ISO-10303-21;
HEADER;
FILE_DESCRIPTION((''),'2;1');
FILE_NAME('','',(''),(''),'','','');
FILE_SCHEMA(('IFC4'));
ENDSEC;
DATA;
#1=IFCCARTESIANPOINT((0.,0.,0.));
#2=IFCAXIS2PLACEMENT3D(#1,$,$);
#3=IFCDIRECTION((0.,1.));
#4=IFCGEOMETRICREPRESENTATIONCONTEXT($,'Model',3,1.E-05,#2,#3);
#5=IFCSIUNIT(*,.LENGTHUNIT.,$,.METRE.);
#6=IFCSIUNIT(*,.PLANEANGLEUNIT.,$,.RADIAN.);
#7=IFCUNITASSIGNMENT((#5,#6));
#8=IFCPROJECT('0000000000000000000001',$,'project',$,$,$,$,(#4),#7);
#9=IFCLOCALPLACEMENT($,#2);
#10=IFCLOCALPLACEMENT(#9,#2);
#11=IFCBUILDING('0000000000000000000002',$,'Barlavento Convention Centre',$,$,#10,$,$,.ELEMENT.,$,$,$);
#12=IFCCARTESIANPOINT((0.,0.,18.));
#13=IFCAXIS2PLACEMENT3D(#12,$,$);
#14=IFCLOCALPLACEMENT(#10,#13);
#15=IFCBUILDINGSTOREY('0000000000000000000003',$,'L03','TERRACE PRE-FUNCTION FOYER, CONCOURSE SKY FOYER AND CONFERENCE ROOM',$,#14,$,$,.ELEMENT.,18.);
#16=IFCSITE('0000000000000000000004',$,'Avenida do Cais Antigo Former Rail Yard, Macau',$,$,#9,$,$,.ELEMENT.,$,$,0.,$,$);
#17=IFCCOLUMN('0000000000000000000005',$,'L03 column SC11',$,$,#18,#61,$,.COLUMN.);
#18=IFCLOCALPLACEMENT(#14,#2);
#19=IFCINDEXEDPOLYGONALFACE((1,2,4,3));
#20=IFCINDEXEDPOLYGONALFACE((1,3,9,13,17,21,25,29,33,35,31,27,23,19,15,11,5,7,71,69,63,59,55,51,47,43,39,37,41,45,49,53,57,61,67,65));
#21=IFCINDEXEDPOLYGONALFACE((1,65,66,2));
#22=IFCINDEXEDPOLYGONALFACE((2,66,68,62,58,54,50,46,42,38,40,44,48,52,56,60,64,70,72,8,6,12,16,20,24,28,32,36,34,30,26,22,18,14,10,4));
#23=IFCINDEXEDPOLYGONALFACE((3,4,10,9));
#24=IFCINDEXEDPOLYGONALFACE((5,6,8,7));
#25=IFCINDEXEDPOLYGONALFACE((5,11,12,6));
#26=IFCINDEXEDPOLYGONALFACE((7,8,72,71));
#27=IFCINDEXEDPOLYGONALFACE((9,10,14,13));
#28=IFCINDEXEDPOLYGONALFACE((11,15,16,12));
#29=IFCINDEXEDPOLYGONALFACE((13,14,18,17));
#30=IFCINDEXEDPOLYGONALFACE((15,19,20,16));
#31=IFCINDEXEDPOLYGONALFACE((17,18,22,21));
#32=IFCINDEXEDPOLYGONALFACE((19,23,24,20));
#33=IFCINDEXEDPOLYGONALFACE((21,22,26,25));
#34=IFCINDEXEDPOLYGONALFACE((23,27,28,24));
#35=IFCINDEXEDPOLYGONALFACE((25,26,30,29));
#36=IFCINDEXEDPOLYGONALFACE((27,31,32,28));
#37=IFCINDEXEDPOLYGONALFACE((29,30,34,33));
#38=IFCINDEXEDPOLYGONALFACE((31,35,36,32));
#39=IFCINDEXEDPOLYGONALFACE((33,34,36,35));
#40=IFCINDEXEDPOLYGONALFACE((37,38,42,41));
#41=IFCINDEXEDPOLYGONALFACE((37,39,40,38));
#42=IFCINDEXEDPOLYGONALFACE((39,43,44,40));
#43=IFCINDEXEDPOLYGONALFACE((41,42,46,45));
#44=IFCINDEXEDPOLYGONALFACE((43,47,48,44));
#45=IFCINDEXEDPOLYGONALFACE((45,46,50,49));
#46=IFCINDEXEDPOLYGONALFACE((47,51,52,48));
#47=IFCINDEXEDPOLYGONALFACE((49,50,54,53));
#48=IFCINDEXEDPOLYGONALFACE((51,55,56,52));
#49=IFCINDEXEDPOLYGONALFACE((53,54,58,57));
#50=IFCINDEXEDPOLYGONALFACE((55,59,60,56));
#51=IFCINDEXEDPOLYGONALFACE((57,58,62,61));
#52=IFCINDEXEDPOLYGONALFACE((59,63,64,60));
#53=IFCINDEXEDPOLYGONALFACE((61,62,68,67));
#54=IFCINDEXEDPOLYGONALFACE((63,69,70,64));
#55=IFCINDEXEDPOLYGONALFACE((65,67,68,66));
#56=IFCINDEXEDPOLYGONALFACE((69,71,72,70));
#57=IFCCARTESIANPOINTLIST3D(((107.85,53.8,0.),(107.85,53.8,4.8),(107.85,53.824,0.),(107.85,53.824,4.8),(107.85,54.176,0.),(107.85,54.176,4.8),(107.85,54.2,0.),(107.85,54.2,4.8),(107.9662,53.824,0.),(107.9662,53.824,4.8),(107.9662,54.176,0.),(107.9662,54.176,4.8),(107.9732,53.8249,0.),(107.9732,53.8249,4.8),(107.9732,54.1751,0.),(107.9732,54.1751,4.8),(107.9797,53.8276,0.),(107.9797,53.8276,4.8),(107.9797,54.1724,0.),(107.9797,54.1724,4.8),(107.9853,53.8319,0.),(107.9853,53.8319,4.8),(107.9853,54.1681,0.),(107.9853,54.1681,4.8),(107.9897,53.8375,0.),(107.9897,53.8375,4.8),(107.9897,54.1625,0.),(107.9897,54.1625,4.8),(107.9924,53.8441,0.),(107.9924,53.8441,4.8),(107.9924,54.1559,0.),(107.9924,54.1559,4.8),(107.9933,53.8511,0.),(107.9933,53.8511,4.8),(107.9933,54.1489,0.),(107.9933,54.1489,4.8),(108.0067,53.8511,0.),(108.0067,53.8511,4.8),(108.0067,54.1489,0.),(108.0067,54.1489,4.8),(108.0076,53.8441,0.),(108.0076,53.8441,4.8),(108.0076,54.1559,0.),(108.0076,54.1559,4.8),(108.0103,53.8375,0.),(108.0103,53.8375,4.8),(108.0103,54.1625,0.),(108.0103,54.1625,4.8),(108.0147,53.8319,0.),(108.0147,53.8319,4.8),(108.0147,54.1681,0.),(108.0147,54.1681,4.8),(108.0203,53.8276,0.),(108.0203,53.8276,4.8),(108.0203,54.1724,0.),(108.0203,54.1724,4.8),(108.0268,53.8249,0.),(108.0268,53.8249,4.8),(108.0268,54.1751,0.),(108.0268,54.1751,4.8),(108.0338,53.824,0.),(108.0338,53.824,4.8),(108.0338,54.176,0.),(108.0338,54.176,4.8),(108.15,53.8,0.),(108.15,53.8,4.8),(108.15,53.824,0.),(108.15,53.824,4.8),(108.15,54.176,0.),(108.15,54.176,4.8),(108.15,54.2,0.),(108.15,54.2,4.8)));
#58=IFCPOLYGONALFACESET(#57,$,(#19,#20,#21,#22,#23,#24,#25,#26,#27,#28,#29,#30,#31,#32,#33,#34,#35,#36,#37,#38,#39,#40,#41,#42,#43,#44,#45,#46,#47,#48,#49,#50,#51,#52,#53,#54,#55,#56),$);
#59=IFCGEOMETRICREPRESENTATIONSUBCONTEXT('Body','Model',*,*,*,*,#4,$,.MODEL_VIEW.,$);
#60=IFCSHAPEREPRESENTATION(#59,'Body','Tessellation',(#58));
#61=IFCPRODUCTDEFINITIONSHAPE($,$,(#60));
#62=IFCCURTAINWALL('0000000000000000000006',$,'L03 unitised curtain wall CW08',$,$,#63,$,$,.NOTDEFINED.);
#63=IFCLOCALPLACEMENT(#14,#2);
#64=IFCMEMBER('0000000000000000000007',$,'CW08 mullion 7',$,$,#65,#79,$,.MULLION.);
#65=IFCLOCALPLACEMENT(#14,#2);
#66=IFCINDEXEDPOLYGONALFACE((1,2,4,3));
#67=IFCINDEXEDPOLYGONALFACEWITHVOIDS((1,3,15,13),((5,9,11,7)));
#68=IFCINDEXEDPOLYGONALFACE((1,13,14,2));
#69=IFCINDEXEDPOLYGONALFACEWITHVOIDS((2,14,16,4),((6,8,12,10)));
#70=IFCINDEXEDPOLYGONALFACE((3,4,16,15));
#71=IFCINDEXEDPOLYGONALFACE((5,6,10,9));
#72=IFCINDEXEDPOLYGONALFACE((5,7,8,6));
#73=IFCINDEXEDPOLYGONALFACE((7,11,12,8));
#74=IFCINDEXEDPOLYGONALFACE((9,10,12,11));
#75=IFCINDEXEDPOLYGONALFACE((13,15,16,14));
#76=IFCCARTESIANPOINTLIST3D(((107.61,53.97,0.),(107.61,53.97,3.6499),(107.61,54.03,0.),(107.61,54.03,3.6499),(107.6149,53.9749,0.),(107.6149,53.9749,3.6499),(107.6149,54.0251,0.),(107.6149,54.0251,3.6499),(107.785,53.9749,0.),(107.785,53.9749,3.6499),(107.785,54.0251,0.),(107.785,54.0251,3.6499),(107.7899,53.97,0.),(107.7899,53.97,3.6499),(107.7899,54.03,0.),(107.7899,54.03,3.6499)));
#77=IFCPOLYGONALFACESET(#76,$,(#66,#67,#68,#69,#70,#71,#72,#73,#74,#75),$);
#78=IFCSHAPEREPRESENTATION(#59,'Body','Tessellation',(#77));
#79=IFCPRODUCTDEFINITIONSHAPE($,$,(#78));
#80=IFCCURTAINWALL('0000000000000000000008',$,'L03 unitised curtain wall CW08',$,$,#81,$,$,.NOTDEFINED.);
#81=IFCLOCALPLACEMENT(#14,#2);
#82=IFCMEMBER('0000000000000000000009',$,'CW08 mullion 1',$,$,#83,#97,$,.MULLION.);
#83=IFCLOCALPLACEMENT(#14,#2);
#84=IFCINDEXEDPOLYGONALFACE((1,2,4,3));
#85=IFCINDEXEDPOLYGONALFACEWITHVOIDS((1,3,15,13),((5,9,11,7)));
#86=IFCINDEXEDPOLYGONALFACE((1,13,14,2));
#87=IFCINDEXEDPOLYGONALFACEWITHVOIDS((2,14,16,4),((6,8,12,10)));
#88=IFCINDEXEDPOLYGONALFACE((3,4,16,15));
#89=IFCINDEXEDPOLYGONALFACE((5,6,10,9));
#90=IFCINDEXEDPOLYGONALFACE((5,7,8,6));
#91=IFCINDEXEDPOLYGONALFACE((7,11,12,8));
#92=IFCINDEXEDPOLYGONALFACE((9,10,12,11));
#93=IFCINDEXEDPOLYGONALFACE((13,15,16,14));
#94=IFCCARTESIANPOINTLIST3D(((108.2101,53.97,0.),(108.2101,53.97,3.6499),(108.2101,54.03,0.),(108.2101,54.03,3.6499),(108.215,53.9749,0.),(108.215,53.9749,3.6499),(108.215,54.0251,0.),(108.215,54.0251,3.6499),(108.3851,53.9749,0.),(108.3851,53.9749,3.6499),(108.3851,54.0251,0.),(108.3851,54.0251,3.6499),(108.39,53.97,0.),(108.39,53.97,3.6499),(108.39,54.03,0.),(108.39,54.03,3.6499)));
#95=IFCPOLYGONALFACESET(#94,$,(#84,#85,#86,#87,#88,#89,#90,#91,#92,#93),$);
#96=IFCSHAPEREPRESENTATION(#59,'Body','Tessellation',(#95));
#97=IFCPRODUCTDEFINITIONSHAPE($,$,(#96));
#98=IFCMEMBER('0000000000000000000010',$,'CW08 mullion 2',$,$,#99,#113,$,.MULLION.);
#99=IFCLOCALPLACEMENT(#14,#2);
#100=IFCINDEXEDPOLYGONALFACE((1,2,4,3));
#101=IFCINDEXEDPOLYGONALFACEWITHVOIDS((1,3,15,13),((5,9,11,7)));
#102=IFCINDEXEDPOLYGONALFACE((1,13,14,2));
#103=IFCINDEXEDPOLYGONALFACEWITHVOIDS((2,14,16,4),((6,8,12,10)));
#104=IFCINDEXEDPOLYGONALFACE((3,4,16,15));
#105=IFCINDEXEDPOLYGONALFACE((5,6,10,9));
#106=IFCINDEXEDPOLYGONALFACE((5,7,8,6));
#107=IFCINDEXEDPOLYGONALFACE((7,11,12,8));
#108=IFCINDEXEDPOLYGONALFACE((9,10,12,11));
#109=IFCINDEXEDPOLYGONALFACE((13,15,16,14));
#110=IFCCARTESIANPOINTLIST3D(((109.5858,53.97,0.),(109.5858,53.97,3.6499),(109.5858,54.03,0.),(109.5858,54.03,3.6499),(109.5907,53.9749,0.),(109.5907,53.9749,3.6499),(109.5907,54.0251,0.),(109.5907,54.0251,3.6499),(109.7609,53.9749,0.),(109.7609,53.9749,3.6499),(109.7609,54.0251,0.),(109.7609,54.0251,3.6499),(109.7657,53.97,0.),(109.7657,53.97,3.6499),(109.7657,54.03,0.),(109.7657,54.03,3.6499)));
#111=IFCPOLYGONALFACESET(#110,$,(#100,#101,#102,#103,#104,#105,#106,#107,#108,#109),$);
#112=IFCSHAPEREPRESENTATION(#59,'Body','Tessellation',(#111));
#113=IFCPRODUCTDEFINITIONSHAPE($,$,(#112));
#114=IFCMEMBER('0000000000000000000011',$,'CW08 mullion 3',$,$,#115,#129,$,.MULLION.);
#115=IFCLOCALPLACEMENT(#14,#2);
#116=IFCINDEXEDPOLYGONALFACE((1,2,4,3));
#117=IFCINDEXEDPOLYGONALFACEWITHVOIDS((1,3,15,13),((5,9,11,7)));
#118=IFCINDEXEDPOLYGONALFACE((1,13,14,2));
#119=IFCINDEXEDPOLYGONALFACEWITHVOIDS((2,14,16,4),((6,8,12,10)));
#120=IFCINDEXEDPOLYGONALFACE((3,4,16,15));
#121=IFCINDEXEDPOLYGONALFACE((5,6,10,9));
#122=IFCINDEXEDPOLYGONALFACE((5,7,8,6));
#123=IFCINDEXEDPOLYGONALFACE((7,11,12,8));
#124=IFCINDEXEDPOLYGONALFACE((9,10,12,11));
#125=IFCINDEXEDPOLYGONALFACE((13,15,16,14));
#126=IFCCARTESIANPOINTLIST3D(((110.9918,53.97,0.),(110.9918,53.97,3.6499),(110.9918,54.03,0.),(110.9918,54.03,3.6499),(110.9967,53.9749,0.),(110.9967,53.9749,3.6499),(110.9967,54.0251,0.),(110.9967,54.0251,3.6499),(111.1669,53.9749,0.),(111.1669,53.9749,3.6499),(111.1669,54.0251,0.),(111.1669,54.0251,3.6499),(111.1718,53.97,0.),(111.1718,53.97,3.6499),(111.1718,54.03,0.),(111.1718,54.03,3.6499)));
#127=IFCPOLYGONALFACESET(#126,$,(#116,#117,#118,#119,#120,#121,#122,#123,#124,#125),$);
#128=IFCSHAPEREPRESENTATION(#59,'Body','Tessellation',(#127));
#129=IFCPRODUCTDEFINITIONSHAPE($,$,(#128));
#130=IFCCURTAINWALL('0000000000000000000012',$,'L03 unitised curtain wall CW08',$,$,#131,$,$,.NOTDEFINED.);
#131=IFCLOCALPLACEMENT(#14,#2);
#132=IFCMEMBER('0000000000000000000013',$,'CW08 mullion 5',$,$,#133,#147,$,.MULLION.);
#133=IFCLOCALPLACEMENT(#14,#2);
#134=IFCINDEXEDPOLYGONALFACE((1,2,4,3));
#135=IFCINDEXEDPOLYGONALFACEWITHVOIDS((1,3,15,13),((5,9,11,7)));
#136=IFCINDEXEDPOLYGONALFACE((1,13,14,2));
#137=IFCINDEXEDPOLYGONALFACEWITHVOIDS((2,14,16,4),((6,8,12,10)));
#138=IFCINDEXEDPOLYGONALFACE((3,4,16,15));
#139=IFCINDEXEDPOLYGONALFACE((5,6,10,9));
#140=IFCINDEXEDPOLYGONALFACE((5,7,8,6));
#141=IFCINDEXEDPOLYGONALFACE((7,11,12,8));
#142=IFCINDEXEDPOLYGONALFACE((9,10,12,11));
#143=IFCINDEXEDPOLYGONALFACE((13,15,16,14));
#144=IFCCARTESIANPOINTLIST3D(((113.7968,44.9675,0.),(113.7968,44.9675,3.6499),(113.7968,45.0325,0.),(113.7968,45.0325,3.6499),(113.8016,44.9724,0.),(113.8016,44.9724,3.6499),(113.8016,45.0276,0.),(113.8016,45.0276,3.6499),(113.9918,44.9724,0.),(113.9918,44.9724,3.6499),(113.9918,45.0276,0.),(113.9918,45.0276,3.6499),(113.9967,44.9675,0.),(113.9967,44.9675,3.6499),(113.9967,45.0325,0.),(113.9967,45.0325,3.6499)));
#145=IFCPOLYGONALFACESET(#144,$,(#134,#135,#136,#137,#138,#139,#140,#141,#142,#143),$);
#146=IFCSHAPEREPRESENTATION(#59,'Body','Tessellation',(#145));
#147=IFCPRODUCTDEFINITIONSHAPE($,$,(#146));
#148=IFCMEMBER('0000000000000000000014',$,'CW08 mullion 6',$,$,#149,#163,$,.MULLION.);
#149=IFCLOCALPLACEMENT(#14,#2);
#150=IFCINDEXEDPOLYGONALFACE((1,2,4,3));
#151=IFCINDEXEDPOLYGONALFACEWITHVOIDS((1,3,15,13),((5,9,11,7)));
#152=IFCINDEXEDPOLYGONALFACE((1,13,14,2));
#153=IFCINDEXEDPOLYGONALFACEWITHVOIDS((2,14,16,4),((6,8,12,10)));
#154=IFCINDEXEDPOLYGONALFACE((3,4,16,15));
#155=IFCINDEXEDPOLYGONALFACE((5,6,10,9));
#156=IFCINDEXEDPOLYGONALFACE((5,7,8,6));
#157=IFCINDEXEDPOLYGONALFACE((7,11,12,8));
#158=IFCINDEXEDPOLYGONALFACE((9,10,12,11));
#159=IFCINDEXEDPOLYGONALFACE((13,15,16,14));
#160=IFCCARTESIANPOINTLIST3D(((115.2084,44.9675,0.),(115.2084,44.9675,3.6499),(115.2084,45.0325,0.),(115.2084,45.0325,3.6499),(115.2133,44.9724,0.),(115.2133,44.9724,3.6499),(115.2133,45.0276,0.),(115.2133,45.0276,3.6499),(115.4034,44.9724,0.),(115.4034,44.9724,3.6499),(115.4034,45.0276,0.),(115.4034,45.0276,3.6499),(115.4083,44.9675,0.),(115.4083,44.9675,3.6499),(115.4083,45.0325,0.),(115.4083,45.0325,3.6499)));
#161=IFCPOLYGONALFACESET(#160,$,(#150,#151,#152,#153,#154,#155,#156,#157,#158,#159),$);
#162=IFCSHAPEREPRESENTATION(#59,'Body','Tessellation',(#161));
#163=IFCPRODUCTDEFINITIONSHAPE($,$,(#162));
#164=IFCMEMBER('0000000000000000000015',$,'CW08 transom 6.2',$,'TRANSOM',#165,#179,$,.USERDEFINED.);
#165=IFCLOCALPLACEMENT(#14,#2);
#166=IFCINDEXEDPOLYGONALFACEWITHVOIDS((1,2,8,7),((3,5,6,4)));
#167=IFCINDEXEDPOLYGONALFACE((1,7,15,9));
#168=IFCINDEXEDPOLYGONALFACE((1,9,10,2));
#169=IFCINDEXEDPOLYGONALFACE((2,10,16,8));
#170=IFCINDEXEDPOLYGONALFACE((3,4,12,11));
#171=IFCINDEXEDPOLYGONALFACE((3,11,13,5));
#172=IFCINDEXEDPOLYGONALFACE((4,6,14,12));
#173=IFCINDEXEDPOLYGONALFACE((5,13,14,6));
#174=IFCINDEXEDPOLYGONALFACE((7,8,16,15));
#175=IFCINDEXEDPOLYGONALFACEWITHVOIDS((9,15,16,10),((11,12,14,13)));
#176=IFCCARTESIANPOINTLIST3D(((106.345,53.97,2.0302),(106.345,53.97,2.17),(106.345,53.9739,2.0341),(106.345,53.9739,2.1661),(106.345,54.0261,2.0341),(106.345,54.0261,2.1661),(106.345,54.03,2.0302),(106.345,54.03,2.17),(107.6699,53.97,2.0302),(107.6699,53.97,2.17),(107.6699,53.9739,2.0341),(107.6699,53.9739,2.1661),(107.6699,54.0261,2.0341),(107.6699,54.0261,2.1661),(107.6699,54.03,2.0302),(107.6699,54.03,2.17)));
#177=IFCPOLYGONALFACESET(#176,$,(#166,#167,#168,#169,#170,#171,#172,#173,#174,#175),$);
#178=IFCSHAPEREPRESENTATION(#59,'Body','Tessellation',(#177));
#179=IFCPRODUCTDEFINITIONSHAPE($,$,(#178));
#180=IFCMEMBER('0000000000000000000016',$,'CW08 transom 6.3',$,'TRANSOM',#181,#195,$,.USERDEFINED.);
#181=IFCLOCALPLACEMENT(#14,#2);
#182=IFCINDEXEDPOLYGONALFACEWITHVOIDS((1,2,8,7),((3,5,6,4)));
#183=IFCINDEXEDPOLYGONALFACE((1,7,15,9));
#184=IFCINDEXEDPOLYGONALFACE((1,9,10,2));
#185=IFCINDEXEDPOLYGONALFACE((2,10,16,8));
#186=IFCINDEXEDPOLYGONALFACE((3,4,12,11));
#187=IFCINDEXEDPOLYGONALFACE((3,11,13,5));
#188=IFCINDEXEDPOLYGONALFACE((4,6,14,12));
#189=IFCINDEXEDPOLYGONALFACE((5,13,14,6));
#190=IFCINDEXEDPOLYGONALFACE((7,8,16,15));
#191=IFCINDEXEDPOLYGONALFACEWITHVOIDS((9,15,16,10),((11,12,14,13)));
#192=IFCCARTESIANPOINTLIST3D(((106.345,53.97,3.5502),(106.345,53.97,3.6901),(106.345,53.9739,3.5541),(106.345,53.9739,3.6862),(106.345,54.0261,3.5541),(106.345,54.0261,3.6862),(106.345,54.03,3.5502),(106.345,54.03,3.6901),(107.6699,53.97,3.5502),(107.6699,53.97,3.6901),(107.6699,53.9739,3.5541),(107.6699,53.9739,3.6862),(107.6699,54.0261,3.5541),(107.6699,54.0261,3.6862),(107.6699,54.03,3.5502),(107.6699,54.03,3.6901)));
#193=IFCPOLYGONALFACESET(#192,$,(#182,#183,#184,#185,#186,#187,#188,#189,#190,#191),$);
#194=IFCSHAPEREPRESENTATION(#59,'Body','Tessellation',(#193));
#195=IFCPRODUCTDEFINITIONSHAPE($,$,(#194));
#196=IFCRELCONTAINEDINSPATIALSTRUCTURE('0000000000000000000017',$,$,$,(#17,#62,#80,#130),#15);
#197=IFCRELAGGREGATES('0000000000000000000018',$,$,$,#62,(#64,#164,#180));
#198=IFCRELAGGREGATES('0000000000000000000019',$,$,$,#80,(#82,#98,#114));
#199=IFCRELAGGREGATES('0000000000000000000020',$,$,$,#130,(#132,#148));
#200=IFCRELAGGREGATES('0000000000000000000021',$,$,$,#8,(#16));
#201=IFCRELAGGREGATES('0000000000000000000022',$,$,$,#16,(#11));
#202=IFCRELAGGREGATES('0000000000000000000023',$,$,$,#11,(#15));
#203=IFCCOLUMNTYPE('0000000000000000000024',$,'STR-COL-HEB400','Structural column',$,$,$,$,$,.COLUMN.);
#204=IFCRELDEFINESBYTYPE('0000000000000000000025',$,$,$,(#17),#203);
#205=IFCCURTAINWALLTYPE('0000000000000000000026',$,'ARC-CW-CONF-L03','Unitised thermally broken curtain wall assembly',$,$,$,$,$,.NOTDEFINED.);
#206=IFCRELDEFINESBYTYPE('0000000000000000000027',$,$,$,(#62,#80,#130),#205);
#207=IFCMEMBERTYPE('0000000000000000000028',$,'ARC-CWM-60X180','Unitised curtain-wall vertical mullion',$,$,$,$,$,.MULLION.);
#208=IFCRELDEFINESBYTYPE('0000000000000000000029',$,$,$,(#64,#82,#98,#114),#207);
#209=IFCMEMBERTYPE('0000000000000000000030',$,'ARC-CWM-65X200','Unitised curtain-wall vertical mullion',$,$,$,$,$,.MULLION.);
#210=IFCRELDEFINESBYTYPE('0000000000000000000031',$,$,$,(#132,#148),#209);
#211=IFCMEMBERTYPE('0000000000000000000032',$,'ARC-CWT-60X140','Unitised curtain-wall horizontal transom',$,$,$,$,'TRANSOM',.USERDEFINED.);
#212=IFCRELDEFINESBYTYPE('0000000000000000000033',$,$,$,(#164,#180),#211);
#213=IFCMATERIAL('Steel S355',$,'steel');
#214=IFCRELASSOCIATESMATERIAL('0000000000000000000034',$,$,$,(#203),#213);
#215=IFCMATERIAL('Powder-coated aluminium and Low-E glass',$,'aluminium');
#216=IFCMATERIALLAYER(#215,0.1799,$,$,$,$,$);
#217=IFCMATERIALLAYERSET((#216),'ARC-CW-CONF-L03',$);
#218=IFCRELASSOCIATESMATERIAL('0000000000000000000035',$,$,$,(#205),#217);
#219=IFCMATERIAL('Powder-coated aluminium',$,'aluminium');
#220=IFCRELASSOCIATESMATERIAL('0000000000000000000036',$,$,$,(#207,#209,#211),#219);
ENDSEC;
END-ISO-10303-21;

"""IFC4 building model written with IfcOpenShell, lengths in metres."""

from ifc_helpers import new_model, si_unit, direction, frame, origin, origin_2d, place, context, subcontext, project, spatial, hollow_rectangle, i_section, extrude, material, layer, layer_set, material_profile, profile_set, type_object, element, aggregate, save


model = new_model("IFC4")

# Units and contexts
model_context = context("Model", 3, precision=1e-05, world=origin(), true_north=direction((0.0, 1.0)))
body_context = subcontext(model_context, "Body", "Model", "MODEL_VIEW")
ifc_project = project(units=[si_unit("LENGTHUNIT", "METRE"), si_unit("PLANEANGLEUNIT", "RADIAN")], contexts=[model_context])

# Site, building, storey
site_placement = place(None, origin())
site = spatial("IfcSite", under=ifc_project, at=site_placement, Name="Avenida do Cais Antigo Former Rail Yard, Macau", CompositionType="ELEMENT", RefElevation=0.0)
building_placement = place(site_placement, origin())
building = spatial("IfcBuilding", under=site, at=building_placement, Name="Barlavento Convention Centre", CompositionType="ELEMENT")
storey_placement = place(building_placement, frame((0.0, 0.0, 18.0)))
storey = spatial("IfcBuildingStorey", under=building, at=storey_placement, Name="L03", Description="TERRACE PRE-FUNCTION FOYER, CONCOURSE SKY FOYER AND CONFERENCE ROOM", CompositionType="ELEMENT", Elevation=18.0)

# Column
ifc_material_1 = material(Name="Steel S355", Category="steel")
ifc_material_profile_1 = material_profile(ifc_material_1, i_section(OverallWidth=0.3, OverallDepth=0.3999, WebThickness=0.0134, FlangeThickness=0.0239, FilletRadius=0.0271, at=origin_2d()), Name="HEB 400")
ifc_profile_set_1 = profile_set([ifc_material_profile_1], Name="Steel S355")
column_type = type_object("IfcColumnType", Name="STR-COL-HEB400", Description="Structural column", PredefinedType="COLUMN", material=ifc_profile_set_1)
column_placement = place(storey_placement, frame((108.0, 54.0, 0.0), z_axis=(0.0, 0.0, 1.0), x_axis=(1.0, 0.0, 0.0)))
element("IfcColumn", 1, at=column_placement, inside=storey, type_object=column_type, Name="L03 column SC11", PredefinedType="COLUMN", context=body_context, shape_type="SweptSolid", body=[
    extrude(i_section(OverallWidth=0.3, OverallDepth=0.3999, WebThickness=0.0134, FlangeThickness=0.0239, FilletRadius=0.0271, at=origin_2d()), origin(), (0.0, 0.0, 1.0), 4.8),
])

# Curtain wall, member
ifc_material_2 = material(Name="Powder-coated aluminium and Low-E glass", Category="aluminium")
ifc_layer_1 = layer(ifc_material_2, 0.1799)
ifc_layer_set_1 = layer_set([ifc_layer_1], Name="ARC-CW-CONF-L03")
curtain_wall_type = type_object("IfcCurtainWallType", Name="ARC-CW-CONF-L03", Description="Unitised thermally broken curtain wall assembly", PredefinedType="NOTDEFINED", material=ifc_layer_set_1)
curtain_wall_1_placement = place(storey_placement, origin())
curtain_wall_1 = element("IfcCurtainWall", 2, at=curtain_wall_1_placement, inside=storey, type_object=curtain_wall_type, Name="L03 unitised curtain wall CW08", PredefinedType="NOTDEFINED")
ifc_material_3 = material(Name="Powder-coated aluminium", Category="aluminium")
ifc_material_profile_2 = material_profile(ifc_material_3, hollow_rectangle(XDim=0.0601, YDim=0.1799, WallThickness=0.0049, at=origin_2d()), Name="AL-MULL 60x180x5")
ifc_profile_set_2 = profile_set([ifc_material_profile_2], Name="Powder-coated aluminium")
member_type_1 = type_object("IfcMemberType", Name="ARC-CWM-60X180", Description="Unitised curtain-wall vertical mullion", PredefinedType="MULLION", material=ifc_profile_set_2)
member_1_placement = place(storey_placement, frame((107.7, 54.0, 0.0), z_axis=(0.0, 0.0, 1.0), x_axis=(0.0, 1.0, 0.0)))
member_1 = element("IfcMember", 3, at=member_1_placement, type_object=member_type_1, Name="CW08 mullion 7", PredefinedType="MULLION", context=body_context, shape_type="SweptSolid", body=[
    extrude(hollow_rectangle(XDim=0.0601, YDim=0.1799, WallThickness=0.0049, at=origin_2d()), origin(), (0.0, 0.0, 1.0), 3.6499),
])

# Curtain walls, members
curtain_wall_2_placement = place(storey_placement, origin())
curtain_wall_2 = element("IfcCurtainWall", 4, at=curtain_wall_2_placement, inside=storey, type_object=curtain_wall_type, Name="L03 unitised curtain wall CW08", PredefinedType="NOTDEFINED")
member_2_placement = place(storey_placement, frame((108.3, 54.0, 0.0), z_axis=(0.0, 0.0, 1.0), x_axis=(0.0, 1.0, 0.0)))
member_2 = element("IfcMember", 5, at=member_2_placement, type_object=member_type_1, Name="CW08 mullion 1", PredefinedType="MULLION", context=body_context, shape_type="SweptSolid", body=[
    extrude(hollow_rectangle(XDim=0.0601, YDim=0.1799, WallThickness=0.0049, at=origin_2d()), origin(), (0.0, 0.0, 1.0), 3.6499),
])
member_3_placement = place(storey_placement, frame((109.6758, 54.0, 0.0), z_axis=(0.0, 0.0, 1.0), x_axis=(0.0, 1.0, 0.0)))
member_3 = element("IfcMember", 6, at=member_3_placement, type_object=member_type_1, Name="CW08 mullion 2", PredefinedType="MULLION", context=body_context, shape_type="SweptSolid", body=[
    extrude(hollow_rectangle(XDim=0.0601, YDim=0.1799, WallThickness=0.0049, at=origin_2d()), origin(), (0.0, 0.0, 1.0), 3.6499),
])
member_4_placement = place(storey_placement, frame((111.0818, 54.0, 0.0), z_axis=(0.0, 0.0, 1.0), x_axis=(0.0, 1.0, 0.0)))
member_4 = element("IfcMember", 7, at=member_4_placement, type_object=member_type_1, Name="CW08 mullion 3", PredefinedType="MULLION", context=body_context, shape_type="SweptSolid", body=[
    extrude(hollow_rectangle(XDim=0.0601, YDim=0.1799, WallThickness=0.0049, at=origin_2d()), origin(), (0.0, 0.0, 1.0), 3.6499),
])
curtain_wall_3_placement = place(storey_placement, origin())
curtain_wall_3 = element("IfcCurtainWall", 8, at=curtain_wall_3_placement, inside=storey, type_object=curtain_wall_type, Name="L03 unitised curtain wall CW08", PredefinedType="NOTDEFINED")
ifc_material_profile_3 = material_profile(ifc_material_3, hollow_rectangle(XDim=0.0649, YDim=0.2, WallThickness=0.0049, at=origin_2d()), Name="AL-MULL 65x200x5")
ifc_profile_set_3 = profile_set([ifc_material_profile_3], Name="Powder-coated aluminium")
member_type_2 = type_object("IfcMemberType", Name="ARC-CWM-65X200", Description="Unitised curtain-wall vertical mullion", PredefinedType="MULLION", material=ifc_profile_set_3)
member_5_placement = place(storey_placement, frame((113.8967, 45.0, 0.0), z_axis=(0.0, 0.0, 1.0), x_axis=(0.0, 1.0, 0.0)))
member_5 = element("IfcMember", 9, at=member_5_placement, type_object=member_type_2, Name="CW08 mullion 5", PredefinedType="MULLION", context=body_context, shape_type="SweptSolid", body=[
    extrude(hollow_rectangle(XDim=0.0649, YDim=0.2, WallThickness=0.0049, at=origin_2d()), origin(), (0.0, 0.0, 1.0), 3.6499),
])
member_6_placement = place(storey_placement, frame((115.3083, 45.0, 0.0), z_axis=(0.0, 0.0, 1.0), x_axis=(0.0, 1.0, 0.0)))
member_6 = element("IfcMember", 10, at=member_6_placement, type_object=member_type_2, Name="CW08 mullion 6", PredefinedType="MULLION", context=body_context, shape_type="SweptSolid", body=[
    extrude(hollow_rectangle(XDim=0.0649, YDim=0.2, WallThickness=0.0049, at=origin_2d()), origin(), (0.0, 0.0, 1.0), 3.6499),
])

# Members
ifc_material_profile_4 = material_profile(ifc_material_3, hollow_rectangle(XDim=0.0601, YDim=0.1399, WallThickness=0.0039, at=origin_2d()), Name="AL-TRAN 60x140x4")
ifc_profile_set_4 = profile_set([ifc_material_profile_4], Name="Powder-coated aluminium")
member_type_3 = type_object("IfcMemberType", Name="ARC-CWT-60X140", Description="Unitised curtain-wall horizontal transom", ElementType="TRANSOM", PredefinedType="USERDEFINED", material=ifc_profile_set_4)
member_7_placement = place(storey_placement, frame((106.345, 54.0, 2.1001), z_axis=(1.0, 0.0, 0.0), x_axis=(0.0, 1.0, 0.0)))
member_7 = element("IfcMember", 11, at=member_7_placement, type_object=member_type_3, Name="CW08 transom 6.2", ObjectType="TRANSOM", PredefinedType="USERDEFINED", context=body_context, shape_type="SweptSolid", body=[
    extrude(hollow_rectangle(XDim=0.0601, YDim=0.1399, WallThickness=0.0039, at=origin_2d()), origin(), (0.0, 0.0, 1.0), 1.325),
])
member_8_placement = place(storey_placement, frame((106.345, 54.0, 3.6201), z_axis=(1.0, 0.0, 0.0), x_axis=(0.0, 1.0, 0.0)))
member_8 = element("IfcMember", 12, at=member_8_placement, type_object=member_type_3, Name="CW08 transom 6.3", ObjectType="TRANSOM", PredefinedType="USERDEFINED", context=body_context, shape_type="SweptSolid", body=[
    extrude(hollow_rectangle(XDim=0.0601, YDim=0.1399, WallThickness=0.0039, at=origin_2d()), origin(), (0.0, 0.0, 1.0), 1.325),
])

aggregate(curtain_wall_1, [member_1, member_7, member_8])
aggregate(curtain_wall_2, [member_2, member_3, member_4])
aggregate(curtain_wall_3, [member_5, member_6])

save(model, "model.ifc")
